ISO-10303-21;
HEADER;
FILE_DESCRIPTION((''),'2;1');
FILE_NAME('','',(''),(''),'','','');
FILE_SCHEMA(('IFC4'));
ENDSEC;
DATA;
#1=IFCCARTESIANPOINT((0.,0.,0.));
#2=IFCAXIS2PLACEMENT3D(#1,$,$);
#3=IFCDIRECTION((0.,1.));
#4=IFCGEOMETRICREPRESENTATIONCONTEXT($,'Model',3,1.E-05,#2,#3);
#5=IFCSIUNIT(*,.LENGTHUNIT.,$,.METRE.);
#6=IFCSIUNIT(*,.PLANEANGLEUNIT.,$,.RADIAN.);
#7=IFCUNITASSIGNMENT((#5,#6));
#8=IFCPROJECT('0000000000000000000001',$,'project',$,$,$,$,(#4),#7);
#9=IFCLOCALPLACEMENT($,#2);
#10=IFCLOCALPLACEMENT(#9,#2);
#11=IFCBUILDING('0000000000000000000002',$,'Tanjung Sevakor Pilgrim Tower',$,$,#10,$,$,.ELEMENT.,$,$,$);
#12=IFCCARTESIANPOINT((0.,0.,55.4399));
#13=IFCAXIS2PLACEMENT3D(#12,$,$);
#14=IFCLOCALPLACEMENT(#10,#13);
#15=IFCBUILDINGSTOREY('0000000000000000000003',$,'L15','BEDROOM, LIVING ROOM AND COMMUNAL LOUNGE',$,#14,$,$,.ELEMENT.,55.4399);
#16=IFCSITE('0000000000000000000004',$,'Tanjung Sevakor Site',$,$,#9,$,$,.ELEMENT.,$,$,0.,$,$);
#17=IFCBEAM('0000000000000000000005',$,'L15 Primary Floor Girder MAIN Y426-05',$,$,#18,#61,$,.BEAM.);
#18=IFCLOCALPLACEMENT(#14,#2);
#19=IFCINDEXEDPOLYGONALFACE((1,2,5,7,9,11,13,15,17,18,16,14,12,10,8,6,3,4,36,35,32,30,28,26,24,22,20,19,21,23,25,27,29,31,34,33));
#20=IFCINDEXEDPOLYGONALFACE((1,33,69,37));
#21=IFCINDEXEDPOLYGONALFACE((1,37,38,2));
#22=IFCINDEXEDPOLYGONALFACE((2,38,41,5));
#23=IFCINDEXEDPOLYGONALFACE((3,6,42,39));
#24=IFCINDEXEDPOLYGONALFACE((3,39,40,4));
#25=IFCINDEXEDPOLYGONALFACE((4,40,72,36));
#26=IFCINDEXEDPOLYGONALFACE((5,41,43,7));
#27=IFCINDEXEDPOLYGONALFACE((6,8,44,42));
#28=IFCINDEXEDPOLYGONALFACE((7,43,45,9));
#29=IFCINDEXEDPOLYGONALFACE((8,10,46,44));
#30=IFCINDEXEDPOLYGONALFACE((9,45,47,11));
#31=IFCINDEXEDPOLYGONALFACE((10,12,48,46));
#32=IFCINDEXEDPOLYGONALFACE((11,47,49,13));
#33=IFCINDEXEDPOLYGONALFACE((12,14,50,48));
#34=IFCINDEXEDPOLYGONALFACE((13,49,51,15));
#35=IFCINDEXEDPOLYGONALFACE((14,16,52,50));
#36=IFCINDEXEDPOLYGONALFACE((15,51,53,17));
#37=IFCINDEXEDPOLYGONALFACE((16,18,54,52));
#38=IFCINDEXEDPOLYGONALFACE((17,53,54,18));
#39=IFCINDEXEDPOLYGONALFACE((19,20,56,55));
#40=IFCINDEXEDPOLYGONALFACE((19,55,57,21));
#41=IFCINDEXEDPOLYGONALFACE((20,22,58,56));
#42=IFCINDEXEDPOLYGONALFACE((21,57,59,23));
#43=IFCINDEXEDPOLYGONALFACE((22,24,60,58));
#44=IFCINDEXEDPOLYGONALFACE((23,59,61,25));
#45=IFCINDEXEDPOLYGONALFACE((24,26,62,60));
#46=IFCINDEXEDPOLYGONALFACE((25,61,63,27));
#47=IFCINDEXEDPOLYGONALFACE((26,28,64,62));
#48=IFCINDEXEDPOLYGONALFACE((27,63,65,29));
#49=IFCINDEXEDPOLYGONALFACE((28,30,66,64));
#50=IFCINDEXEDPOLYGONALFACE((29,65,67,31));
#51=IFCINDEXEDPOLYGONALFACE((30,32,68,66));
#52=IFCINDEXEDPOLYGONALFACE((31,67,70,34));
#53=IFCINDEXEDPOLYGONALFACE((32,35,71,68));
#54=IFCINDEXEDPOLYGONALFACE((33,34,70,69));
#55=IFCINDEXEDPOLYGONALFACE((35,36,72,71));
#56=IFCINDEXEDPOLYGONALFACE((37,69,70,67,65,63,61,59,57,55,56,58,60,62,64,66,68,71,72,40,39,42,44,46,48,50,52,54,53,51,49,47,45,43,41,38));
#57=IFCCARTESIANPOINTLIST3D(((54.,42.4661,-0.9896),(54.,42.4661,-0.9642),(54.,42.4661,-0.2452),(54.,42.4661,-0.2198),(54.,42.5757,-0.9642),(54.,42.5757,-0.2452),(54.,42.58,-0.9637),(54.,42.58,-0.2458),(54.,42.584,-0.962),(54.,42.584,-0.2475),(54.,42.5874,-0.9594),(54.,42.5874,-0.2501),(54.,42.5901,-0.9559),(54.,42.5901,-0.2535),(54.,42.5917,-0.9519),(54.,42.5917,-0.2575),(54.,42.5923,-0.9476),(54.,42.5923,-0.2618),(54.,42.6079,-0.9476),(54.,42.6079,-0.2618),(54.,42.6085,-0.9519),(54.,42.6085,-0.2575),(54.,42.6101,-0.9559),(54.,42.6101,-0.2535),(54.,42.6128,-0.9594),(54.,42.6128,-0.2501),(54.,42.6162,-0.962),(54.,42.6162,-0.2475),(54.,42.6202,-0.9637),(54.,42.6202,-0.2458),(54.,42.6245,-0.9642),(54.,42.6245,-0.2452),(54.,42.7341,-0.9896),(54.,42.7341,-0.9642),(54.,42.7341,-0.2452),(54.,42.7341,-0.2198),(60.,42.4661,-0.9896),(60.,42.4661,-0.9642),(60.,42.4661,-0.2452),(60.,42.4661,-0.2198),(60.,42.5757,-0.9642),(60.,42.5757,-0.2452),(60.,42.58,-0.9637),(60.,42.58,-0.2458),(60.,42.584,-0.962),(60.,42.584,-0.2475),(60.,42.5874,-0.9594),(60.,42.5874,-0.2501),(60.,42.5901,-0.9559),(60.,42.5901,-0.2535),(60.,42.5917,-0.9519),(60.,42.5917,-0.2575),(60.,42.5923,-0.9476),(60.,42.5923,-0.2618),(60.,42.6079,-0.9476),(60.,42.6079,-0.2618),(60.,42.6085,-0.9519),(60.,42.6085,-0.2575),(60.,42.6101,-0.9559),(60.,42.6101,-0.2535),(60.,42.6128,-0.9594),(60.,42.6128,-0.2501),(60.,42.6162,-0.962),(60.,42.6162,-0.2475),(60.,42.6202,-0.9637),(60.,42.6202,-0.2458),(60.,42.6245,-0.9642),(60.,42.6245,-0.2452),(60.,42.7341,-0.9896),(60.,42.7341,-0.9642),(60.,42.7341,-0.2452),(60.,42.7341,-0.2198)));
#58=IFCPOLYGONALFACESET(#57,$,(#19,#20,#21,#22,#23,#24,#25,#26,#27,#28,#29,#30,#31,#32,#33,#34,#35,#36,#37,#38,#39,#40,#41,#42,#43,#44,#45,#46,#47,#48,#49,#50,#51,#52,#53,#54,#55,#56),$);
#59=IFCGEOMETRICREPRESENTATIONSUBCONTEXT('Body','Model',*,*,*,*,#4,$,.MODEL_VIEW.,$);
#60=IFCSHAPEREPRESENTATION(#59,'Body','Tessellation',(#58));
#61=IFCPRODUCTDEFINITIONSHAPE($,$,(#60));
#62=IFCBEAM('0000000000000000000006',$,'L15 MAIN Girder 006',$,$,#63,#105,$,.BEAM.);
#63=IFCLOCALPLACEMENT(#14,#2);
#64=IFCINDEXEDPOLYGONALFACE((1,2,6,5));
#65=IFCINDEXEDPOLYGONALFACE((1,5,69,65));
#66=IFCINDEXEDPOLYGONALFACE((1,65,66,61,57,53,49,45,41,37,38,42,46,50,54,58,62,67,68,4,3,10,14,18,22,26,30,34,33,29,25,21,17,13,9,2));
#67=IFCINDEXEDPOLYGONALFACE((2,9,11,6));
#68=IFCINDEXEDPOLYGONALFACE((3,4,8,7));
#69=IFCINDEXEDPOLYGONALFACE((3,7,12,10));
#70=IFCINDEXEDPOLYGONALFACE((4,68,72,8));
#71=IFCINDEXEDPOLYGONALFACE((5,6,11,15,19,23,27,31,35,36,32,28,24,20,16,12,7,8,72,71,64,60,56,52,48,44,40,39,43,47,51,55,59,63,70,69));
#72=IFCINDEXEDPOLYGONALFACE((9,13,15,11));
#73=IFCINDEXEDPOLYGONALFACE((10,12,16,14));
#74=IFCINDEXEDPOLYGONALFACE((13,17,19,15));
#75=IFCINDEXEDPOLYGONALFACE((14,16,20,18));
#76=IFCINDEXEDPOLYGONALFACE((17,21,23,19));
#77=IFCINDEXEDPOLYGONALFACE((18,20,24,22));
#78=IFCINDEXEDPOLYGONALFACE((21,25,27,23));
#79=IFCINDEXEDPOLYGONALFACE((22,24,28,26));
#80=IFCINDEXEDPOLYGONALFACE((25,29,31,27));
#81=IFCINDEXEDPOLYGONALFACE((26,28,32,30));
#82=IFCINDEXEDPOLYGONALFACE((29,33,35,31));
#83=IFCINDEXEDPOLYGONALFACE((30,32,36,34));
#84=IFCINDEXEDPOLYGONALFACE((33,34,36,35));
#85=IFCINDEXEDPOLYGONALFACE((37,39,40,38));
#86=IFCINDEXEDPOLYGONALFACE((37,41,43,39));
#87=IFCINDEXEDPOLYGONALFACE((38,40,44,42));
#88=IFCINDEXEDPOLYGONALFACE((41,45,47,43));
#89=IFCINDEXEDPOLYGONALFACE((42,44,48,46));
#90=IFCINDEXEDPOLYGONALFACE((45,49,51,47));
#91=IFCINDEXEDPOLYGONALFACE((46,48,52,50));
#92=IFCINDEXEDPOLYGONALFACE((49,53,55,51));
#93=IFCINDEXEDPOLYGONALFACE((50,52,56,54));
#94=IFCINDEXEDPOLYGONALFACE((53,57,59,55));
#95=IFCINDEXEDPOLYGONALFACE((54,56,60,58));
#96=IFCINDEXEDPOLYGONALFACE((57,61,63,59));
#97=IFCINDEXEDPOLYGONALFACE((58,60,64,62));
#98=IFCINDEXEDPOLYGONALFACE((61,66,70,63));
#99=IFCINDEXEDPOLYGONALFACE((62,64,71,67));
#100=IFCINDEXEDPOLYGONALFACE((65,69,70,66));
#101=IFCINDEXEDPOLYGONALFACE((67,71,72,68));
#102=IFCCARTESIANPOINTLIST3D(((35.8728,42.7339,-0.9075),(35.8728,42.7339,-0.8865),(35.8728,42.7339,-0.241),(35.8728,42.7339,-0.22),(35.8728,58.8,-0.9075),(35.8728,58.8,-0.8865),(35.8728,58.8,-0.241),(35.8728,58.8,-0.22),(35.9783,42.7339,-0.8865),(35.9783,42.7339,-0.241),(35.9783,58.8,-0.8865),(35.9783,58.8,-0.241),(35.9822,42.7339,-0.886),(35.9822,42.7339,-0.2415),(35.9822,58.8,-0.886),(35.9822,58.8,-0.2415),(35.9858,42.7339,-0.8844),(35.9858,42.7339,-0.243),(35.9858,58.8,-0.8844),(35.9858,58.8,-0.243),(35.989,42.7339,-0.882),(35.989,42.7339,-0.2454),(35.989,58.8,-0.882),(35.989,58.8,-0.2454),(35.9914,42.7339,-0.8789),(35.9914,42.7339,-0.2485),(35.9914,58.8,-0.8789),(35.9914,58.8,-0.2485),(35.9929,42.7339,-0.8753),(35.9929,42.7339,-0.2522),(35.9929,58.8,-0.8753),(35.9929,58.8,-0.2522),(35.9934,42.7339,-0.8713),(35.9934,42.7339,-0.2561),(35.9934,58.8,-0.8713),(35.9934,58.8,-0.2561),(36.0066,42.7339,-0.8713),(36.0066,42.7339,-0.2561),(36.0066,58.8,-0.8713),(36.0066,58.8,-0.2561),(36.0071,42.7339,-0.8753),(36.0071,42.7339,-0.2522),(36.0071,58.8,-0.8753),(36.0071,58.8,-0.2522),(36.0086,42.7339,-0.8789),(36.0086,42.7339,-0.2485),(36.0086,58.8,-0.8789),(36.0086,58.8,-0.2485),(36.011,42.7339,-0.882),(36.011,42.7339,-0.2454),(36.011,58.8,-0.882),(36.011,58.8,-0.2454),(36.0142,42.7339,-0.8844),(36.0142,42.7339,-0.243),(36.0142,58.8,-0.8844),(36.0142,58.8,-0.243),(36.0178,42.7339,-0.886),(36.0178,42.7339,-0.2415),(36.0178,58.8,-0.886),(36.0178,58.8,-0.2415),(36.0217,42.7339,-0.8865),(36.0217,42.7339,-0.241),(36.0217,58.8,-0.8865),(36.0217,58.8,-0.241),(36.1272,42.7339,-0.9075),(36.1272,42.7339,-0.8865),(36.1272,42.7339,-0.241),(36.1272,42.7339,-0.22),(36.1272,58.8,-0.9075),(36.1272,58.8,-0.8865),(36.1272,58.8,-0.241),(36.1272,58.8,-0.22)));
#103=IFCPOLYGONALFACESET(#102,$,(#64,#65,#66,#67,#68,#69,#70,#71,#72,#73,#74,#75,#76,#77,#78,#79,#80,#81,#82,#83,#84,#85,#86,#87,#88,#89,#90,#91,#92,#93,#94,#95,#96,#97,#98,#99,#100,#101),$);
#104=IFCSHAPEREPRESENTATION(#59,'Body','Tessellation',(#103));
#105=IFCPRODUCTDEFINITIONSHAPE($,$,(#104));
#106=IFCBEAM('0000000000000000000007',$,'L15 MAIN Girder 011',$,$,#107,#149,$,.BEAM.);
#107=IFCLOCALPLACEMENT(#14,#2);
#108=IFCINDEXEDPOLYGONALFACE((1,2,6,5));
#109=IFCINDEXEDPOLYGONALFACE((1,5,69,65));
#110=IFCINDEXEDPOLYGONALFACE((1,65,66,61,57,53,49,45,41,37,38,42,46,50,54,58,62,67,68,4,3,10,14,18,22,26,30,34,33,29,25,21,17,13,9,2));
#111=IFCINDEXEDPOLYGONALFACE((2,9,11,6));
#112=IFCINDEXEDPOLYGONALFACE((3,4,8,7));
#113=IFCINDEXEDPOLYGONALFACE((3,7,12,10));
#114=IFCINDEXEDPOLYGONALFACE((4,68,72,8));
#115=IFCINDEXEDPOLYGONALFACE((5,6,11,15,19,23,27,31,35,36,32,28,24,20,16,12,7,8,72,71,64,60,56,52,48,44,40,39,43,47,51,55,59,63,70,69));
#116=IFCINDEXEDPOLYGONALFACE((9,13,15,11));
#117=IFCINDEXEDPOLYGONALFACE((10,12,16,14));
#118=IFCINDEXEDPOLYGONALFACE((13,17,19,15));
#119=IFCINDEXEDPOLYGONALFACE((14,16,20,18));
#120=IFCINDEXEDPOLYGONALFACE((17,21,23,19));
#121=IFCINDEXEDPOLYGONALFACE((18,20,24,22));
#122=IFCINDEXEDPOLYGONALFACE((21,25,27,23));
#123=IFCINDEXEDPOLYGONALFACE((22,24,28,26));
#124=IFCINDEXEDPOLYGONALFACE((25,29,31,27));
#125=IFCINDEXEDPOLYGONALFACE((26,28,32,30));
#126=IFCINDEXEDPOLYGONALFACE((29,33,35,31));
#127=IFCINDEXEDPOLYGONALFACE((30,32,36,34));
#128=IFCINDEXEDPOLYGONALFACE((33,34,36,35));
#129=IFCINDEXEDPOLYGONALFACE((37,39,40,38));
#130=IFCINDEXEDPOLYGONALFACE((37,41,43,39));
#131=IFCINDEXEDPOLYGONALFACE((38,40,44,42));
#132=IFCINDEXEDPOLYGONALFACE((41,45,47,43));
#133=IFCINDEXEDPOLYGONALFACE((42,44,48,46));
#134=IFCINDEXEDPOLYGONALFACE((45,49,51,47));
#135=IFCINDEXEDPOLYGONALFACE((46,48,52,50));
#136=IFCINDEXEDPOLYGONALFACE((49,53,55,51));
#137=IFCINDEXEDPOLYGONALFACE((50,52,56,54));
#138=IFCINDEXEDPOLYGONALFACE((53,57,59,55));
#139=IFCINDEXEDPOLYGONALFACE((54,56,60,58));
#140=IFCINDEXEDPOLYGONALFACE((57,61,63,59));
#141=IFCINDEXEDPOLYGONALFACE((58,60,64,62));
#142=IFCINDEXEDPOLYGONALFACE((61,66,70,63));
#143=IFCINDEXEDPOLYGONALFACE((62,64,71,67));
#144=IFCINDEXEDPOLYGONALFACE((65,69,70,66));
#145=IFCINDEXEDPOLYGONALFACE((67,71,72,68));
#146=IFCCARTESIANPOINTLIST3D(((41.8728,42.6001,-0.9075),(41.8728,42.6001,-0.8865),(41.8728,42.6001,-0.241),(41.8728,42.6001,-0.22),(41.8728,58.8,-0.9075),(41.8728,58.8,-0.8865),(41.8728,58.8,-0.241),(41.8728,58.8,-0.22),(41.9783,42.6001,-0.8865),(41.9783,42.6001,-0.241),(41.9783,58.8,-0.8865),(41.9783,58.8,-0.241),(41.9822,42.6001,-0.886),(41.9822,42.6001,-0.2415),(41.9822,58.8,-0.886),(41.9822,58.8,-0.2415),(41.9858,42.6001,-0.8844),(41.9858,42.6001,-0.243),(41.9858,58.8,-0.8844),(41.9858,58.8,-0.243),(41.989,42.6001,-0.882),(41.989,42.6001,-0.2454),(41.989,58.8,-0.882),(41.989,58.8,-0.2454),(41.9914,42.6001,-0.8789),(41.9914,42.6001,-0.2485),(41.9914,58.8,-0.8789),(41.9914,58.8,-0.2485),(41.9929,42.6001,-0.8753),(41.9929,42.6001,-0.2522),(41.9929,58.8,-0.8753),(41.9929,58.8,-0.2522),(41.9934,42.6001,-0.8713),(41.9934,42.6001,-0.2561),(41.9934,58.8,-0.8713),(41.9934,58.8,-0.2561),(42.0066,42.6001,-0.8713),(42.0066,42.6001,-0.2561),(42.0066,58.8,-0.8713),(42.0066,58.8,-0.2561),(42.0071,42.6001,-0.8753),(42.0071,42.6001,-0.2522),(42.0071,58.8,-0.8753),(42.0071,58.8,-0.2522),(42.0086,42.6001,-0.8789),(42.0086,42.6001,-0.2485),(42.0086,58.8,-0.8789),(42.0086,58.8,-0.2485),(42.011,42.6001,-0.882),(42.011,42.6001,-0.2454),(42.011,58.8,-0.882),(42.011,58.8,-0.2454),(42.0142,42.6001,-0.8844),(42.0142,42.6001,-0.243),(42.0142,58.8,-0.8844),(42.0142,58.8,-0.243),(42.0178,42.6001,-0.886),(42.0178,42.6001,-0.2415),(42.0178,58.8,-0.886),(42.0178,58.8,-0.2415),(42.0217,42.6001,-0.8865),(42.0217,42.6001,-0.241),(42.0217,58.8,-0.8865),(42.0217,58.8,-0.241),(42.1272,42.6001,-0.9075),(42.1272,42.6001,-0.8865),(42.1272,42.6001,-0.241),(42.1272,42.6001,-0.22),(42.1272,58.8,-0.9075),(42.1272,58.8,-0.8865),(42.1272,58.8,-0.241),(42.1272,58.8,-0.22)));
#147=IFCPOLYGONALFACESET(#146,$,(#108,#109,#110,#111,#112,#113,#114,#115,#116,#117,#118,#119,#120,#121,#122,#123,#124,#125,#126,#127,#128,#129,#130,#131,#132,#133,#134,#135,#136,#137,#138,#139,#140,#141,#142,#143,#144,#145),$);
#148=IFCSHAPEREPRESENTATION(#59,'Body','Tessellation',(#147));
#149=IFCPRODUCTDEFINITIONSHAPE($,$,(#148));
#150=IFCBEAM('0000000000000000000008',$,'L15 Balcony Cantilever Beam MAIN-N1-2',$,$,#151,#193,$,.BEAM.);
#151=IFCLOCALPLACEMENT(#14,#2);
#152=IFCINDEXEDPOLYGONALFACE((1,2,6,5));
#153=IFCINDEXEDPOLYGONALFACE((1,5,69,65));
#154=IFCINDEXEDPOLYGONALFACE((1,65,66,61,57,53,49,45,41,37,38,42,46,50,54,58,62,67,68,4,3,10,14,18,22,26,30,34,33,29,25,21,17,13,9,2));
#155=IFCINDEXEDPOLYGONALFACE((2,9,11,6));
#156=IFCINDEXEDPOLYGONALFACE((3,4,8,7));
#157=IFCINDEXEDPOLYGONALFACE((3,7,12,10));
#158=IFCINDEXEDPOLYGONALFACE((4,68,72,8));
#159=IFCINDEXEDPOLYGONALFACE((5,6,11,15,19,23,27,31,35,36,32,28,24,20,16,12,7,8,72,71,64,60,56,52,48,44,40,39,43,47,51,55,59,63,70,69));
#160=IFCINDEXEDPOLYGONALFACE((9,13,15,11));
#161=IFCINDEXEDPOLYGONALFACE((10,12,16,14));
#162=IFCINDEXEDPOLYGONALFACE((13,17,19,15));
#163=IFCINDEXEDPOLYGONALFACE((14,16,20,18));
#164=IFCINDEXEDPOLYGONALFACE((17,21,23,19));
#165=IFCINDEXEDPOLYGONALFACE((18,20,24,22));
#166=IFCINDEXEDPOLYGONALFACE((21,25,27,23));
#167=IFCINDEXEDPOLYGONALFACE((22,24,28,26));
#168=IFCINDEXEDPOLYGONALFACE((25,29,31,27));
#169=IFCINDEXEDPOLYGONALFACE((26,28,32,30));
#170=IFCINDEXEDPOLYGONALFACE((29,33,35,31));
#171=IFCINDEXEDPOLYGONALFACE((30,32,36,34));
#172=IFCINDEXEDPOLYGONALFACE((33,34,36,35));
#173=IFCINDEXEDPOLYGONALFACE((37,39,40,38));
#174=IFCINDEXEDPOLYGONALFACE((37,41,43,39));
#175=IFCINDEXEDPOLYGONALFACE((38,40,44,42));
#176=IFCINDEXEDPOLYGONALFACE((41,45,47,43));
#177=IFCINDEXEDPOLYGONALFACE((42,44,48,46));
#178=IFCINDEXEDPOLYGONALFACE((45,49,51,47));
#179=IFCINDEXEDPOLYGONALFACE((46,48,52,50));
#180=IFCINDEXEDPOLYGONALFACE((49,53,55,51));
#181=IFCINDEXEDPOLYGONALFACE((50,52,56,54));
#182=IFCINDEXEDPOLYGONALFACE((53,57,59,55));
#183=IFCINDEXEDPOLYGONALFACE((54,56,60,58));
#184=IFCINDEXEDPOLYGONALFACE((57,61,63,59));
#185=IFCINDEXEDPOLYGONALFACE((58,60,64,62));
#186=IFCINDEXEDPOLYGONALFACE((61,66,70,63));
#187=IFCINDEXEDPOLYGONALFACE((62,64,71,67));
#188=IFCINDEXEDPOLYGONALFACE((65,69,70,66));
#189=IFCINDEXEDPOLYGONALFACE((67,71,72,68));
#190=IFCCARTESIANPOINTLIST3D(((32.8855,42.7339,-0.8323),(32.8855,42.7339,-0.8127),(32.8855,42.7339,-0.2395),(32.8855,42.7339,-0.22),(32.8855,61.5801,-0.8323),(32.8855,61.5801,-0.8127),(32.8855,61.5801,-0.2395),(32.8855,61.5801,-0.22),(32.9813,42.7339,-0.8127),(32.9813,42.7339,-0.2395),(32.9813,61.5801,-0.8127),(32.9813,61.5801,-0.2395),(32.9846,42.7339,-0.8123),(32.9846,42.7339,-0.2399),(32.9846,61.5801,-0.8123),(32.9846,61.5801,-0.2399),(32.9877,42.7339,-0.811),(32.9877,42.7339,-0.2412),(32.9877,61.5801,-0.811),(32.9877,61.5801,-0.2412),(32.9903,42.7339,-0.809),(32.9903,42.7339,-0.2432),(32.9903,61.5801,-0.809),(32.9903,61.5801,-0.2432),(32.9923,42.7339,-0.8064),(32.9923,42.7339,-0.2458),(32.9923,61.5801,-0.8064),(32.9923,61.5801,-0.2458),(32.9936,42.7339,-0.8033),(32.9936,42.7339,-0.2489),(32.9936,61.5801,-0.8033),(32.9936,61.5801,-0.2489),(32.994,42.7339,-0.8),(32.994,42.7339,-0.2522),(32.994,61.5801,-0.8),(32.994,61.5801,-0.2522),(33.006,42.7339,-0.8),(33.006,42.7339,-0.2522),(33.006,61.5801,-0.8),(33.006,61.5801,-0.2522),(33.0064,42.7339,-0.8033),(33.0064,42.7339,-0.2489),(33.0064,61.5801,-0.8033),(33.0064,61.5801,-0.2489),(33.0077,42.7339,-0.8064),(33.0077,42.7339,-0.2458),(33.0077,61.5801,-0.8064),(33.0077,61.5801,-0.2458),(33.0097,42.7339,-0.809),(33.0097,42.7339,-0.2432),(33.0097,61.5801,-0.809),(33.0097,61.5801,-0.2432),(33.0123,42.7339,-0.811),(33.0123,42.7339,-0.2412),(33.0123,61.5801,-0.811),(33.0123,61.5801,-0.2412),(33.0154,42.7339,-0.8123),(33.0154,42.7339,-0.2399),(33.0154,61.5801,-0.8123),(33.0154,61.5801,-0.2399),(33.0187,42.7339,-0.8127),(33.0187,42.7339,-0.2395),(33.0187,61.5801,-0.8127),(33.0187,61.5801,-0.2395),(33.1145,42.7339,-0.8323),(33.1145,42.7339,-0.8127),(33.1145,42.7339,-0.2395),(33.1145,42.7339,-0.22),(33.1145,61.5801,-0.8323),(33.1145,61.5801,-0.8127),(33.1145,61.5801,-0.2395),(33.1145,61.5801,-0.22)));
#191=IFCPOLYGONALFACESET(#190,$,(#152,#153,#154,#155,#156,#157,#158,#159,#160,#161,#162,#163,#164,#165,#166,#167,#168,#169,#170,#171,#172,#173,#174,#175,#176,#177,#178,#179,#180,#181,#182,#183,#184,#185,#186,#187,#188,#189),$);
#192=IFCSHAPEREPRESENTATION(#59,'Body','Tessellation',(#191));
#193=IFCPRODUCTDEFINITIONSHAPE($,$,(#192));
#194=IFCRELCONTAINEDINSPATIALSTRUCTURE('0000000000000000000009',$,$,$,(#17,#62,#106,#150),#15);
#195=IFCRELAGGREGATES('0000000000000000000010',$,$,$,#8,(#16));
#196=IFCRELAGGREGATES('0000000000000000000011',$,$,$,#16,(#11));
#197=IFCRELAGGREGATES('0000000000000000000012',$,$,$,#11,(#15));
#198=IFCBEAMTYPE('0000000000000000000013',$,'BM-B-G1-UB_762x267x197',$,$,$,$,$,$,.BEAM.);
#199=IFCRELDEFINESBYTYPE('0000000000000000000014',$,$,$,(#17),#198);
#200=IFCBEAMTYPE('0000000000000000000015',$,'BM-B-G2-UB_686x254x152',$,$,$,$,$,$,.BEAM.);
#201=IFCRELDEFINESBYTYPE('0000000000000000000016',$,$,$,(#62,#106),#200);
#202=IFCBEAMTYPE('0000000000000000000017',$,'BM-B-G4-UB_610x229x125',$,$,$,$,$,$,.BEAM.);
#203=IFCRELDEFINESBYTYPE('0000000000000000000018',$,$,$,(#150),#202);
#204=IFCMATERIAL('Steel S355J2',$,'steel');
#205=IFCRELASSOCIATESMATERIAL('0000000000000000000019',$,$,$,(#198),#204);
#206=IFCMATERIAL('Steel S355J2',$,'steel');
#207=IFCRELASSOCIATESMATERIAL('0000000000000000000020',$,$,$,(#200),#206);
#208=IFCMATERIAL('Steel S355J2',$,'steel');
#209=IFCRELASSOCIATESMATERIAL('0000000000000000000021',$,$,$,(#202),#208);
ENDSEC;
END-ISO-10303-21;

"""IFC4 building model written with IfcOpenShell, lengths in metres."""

from ifc_helpers import new_model, si_unit, direction, frame, origin, origin_2d, place, context, subcontext, project, spatial, i_section, extrude, material, material_profile, profile_set, type_object, element, save


model = new_model("IFC4")

# Units and contexts
model_context = context("Model", 3, precision=1e-05, world=origin(), true_north=direction((0.0, 1.0)))
body_context = subcontext(model_context, "Body", "Model", "MODEL_VIEW")
ifc_project = project(units=[si_unit("LENGTHUNIT", "METRE"), si_unit("PLANEANGLEUNIT", "RADIAN")], contexts=[model_context])

# Site, building, storey
site_placement = place(None, origin())
site = spatial("IfcSite", under=ifc_project, at=site_placement, Name="Tanjung Sevakor Site", CompositionType="ELEMENT", RefElevation=0.0)
building_placement = place(site_placement, origin())
building = spatial("IfcBuilding", under=site, at=building_placement, Name="Tanjung Sevakor Pilgrim Tower", CompositionType="ELEMENT")
storey_placement = place(building_placement, frame((0.0, 0.0, 55.4399)))
storey = spatial("IfcBuildingStorey", under=building, at=storey_placement, Name="L15", Description="BEDROOM, LIVING ROOM AND COMMUNAL LOUNGE", CompositionType="ELEMENT", Elevation=55.4399)

# Beams
ifc_material_1 = material(Name="Steel S355J2", Category="steel")
ifc_material_profile_1 = material_profile(ifc_material_1, i_section(OverallWidth=0.2681, OverallDepth=0.7698, WebThickness=0.0156, FlangeThickness=0.0254, FilletRadius=0.0166, at=origin_2d()))
ifc_profile_set_1 = profile_set([ifc_material_profile_1], Name="Steel S355J2")
beam_type_1 = type_object("IfcBeamType", Name="BM-B-G1-UB_762x267x197", PredefinedType="BEAM", material=ifc_profile_set_1)
for number, where, z_axis, x_axis, name in (
    (1, (54.0, 42.6001, -0.6047), (1.0, 0.0, 0.0), (0.0, 1.0, 0.0), "L15 Primary Floor Girder MAIN Y426-05"),
):
    element("IfcBeam", number, at=place(storey_placement, frame(where, z_axis=z_axis, x_axis=x_axis)), inside=storey, type_object=beam_type_1, Name=name, PredefinedType="BEAM", context=body_context, shape_type="SweptSolid", body=[
        extrude(i_section(OverallWidth=0.2681, OverallDepth=0.7698, WebThickness=0.0156, FlangeThickness=0.0254, FilletRadius=0.0166, at=origin_2d()), origin(), (0.0, 0.0, 1.0), 6.0),
    ])
ifc_material_2 = material(Name="Steel S355J2", Category="steel")
ifc_material_profile_2 = material_profile(ifc_material_2, i_section(OverallWidth=0.2544, OverallDepth=0.6875, WebThickness=0.0132, FlangeThickness=0.021, FilletRadius=0.0151, at=origin_2d()))
ifc_profile_set_2 = profile_set([ifc_material_profile_2], Name="Steel S355J2")
beam_type_2 = type_object("IfcBeamType", Name="BM-B-G2-UB_686x254x152", PredefinedType="BEAM", material=ifc_profile_set_2)
beam_1_placement = place(storey_placement, frame((36.0, 42.7339, -0.5637), z_axis=(0.0, 1.0, 0.0), x_axis=(-1.0, 0.0, 0.0)))
element("IfcBeam", 2, at=beam_1_placement, inside=storey, type_object=beam_type_2, Name="L15 MAIN Girder 006", PredefinedType="BEAM", context=body_context, shape_type="SweptSolid", body=[
    extrude(i_section(OverallWidth=0.2544, OverallDepth=0.6875, WebThickness=0.0132, FlangeThickness=0.021, FilletRadius=0.0151, at=origin_2d()), origin(), (0.0, 0.0, 1.0), 16.0662),
])
beam_2_placement = place(storey_placement, frame((42.0, 42.6001, -0.5637), z_axis=(0.0, 1.0, 0.0), x_axis=(-1.0, 0.0, 0.0)))
element("IfcBeam", 3, at=beam_2_placement, inside=storey, type_object=beam_type_2, Name="L15 MAIN Girder 011", PredefinedType="BEAM", context=body_context, shape_type="SweptSolid", body=[
    extrude(i_section(OverallWidth=0.2544, OverallDepth=0.6875, WebThickness=0.0132, FlangeThickness=0.021, FilletRadius=0.0151, at=origin_2d()), origin(), (0.0, 0.0, 1.0), 16.2),
])
ifc_material_3 = material(Name="Steel S355J2", Category="steel")
ifc_material_profile_3 = material_profile(ifc_material_3, i_section(OverallWidth=0.229, OverallDepth=0.6123, WebThickness=0.012, FlangeThickness=0.0195, FilletRadius=0.0127, at=origin_2d()))
ifc_profile_set_3 = profile_set([ifc_material_profile_3], Name="Steel S355J2")
beam_type_3 = type_object("IfcBeamType", Name="BM-B-G4-UB_610x229x125", PredefinedType="BEAM", material=ifc_profile_set_3)
beam_3_placement = place(storey_placement, frame((33.0, 42.7339, -0.5261), z_axis=(0.0, 1.0, 0.0), x_axis=(-1.0, 0.0, 0.0)))
element("IfcBeam", 4, at=beam_3_placement, inside=storey, type_object=beam_type_3, Name="L15 Balcony Cantilever Beam MAIN-N1-2", PredefinedType="BEAM", context=body_context, shape_type="SweptSolid", body=[
    extrude(i_section(OverallWidth=0.229, OverallDepth=0.6123, WebThickness=0.012, FlangeThickness=0.0195, FilletRadius=0.0127, at=origin_2d()), origin(), (0.0, 0.0, 1.0), 18.8462),
])

save(model, "model.ifc")
